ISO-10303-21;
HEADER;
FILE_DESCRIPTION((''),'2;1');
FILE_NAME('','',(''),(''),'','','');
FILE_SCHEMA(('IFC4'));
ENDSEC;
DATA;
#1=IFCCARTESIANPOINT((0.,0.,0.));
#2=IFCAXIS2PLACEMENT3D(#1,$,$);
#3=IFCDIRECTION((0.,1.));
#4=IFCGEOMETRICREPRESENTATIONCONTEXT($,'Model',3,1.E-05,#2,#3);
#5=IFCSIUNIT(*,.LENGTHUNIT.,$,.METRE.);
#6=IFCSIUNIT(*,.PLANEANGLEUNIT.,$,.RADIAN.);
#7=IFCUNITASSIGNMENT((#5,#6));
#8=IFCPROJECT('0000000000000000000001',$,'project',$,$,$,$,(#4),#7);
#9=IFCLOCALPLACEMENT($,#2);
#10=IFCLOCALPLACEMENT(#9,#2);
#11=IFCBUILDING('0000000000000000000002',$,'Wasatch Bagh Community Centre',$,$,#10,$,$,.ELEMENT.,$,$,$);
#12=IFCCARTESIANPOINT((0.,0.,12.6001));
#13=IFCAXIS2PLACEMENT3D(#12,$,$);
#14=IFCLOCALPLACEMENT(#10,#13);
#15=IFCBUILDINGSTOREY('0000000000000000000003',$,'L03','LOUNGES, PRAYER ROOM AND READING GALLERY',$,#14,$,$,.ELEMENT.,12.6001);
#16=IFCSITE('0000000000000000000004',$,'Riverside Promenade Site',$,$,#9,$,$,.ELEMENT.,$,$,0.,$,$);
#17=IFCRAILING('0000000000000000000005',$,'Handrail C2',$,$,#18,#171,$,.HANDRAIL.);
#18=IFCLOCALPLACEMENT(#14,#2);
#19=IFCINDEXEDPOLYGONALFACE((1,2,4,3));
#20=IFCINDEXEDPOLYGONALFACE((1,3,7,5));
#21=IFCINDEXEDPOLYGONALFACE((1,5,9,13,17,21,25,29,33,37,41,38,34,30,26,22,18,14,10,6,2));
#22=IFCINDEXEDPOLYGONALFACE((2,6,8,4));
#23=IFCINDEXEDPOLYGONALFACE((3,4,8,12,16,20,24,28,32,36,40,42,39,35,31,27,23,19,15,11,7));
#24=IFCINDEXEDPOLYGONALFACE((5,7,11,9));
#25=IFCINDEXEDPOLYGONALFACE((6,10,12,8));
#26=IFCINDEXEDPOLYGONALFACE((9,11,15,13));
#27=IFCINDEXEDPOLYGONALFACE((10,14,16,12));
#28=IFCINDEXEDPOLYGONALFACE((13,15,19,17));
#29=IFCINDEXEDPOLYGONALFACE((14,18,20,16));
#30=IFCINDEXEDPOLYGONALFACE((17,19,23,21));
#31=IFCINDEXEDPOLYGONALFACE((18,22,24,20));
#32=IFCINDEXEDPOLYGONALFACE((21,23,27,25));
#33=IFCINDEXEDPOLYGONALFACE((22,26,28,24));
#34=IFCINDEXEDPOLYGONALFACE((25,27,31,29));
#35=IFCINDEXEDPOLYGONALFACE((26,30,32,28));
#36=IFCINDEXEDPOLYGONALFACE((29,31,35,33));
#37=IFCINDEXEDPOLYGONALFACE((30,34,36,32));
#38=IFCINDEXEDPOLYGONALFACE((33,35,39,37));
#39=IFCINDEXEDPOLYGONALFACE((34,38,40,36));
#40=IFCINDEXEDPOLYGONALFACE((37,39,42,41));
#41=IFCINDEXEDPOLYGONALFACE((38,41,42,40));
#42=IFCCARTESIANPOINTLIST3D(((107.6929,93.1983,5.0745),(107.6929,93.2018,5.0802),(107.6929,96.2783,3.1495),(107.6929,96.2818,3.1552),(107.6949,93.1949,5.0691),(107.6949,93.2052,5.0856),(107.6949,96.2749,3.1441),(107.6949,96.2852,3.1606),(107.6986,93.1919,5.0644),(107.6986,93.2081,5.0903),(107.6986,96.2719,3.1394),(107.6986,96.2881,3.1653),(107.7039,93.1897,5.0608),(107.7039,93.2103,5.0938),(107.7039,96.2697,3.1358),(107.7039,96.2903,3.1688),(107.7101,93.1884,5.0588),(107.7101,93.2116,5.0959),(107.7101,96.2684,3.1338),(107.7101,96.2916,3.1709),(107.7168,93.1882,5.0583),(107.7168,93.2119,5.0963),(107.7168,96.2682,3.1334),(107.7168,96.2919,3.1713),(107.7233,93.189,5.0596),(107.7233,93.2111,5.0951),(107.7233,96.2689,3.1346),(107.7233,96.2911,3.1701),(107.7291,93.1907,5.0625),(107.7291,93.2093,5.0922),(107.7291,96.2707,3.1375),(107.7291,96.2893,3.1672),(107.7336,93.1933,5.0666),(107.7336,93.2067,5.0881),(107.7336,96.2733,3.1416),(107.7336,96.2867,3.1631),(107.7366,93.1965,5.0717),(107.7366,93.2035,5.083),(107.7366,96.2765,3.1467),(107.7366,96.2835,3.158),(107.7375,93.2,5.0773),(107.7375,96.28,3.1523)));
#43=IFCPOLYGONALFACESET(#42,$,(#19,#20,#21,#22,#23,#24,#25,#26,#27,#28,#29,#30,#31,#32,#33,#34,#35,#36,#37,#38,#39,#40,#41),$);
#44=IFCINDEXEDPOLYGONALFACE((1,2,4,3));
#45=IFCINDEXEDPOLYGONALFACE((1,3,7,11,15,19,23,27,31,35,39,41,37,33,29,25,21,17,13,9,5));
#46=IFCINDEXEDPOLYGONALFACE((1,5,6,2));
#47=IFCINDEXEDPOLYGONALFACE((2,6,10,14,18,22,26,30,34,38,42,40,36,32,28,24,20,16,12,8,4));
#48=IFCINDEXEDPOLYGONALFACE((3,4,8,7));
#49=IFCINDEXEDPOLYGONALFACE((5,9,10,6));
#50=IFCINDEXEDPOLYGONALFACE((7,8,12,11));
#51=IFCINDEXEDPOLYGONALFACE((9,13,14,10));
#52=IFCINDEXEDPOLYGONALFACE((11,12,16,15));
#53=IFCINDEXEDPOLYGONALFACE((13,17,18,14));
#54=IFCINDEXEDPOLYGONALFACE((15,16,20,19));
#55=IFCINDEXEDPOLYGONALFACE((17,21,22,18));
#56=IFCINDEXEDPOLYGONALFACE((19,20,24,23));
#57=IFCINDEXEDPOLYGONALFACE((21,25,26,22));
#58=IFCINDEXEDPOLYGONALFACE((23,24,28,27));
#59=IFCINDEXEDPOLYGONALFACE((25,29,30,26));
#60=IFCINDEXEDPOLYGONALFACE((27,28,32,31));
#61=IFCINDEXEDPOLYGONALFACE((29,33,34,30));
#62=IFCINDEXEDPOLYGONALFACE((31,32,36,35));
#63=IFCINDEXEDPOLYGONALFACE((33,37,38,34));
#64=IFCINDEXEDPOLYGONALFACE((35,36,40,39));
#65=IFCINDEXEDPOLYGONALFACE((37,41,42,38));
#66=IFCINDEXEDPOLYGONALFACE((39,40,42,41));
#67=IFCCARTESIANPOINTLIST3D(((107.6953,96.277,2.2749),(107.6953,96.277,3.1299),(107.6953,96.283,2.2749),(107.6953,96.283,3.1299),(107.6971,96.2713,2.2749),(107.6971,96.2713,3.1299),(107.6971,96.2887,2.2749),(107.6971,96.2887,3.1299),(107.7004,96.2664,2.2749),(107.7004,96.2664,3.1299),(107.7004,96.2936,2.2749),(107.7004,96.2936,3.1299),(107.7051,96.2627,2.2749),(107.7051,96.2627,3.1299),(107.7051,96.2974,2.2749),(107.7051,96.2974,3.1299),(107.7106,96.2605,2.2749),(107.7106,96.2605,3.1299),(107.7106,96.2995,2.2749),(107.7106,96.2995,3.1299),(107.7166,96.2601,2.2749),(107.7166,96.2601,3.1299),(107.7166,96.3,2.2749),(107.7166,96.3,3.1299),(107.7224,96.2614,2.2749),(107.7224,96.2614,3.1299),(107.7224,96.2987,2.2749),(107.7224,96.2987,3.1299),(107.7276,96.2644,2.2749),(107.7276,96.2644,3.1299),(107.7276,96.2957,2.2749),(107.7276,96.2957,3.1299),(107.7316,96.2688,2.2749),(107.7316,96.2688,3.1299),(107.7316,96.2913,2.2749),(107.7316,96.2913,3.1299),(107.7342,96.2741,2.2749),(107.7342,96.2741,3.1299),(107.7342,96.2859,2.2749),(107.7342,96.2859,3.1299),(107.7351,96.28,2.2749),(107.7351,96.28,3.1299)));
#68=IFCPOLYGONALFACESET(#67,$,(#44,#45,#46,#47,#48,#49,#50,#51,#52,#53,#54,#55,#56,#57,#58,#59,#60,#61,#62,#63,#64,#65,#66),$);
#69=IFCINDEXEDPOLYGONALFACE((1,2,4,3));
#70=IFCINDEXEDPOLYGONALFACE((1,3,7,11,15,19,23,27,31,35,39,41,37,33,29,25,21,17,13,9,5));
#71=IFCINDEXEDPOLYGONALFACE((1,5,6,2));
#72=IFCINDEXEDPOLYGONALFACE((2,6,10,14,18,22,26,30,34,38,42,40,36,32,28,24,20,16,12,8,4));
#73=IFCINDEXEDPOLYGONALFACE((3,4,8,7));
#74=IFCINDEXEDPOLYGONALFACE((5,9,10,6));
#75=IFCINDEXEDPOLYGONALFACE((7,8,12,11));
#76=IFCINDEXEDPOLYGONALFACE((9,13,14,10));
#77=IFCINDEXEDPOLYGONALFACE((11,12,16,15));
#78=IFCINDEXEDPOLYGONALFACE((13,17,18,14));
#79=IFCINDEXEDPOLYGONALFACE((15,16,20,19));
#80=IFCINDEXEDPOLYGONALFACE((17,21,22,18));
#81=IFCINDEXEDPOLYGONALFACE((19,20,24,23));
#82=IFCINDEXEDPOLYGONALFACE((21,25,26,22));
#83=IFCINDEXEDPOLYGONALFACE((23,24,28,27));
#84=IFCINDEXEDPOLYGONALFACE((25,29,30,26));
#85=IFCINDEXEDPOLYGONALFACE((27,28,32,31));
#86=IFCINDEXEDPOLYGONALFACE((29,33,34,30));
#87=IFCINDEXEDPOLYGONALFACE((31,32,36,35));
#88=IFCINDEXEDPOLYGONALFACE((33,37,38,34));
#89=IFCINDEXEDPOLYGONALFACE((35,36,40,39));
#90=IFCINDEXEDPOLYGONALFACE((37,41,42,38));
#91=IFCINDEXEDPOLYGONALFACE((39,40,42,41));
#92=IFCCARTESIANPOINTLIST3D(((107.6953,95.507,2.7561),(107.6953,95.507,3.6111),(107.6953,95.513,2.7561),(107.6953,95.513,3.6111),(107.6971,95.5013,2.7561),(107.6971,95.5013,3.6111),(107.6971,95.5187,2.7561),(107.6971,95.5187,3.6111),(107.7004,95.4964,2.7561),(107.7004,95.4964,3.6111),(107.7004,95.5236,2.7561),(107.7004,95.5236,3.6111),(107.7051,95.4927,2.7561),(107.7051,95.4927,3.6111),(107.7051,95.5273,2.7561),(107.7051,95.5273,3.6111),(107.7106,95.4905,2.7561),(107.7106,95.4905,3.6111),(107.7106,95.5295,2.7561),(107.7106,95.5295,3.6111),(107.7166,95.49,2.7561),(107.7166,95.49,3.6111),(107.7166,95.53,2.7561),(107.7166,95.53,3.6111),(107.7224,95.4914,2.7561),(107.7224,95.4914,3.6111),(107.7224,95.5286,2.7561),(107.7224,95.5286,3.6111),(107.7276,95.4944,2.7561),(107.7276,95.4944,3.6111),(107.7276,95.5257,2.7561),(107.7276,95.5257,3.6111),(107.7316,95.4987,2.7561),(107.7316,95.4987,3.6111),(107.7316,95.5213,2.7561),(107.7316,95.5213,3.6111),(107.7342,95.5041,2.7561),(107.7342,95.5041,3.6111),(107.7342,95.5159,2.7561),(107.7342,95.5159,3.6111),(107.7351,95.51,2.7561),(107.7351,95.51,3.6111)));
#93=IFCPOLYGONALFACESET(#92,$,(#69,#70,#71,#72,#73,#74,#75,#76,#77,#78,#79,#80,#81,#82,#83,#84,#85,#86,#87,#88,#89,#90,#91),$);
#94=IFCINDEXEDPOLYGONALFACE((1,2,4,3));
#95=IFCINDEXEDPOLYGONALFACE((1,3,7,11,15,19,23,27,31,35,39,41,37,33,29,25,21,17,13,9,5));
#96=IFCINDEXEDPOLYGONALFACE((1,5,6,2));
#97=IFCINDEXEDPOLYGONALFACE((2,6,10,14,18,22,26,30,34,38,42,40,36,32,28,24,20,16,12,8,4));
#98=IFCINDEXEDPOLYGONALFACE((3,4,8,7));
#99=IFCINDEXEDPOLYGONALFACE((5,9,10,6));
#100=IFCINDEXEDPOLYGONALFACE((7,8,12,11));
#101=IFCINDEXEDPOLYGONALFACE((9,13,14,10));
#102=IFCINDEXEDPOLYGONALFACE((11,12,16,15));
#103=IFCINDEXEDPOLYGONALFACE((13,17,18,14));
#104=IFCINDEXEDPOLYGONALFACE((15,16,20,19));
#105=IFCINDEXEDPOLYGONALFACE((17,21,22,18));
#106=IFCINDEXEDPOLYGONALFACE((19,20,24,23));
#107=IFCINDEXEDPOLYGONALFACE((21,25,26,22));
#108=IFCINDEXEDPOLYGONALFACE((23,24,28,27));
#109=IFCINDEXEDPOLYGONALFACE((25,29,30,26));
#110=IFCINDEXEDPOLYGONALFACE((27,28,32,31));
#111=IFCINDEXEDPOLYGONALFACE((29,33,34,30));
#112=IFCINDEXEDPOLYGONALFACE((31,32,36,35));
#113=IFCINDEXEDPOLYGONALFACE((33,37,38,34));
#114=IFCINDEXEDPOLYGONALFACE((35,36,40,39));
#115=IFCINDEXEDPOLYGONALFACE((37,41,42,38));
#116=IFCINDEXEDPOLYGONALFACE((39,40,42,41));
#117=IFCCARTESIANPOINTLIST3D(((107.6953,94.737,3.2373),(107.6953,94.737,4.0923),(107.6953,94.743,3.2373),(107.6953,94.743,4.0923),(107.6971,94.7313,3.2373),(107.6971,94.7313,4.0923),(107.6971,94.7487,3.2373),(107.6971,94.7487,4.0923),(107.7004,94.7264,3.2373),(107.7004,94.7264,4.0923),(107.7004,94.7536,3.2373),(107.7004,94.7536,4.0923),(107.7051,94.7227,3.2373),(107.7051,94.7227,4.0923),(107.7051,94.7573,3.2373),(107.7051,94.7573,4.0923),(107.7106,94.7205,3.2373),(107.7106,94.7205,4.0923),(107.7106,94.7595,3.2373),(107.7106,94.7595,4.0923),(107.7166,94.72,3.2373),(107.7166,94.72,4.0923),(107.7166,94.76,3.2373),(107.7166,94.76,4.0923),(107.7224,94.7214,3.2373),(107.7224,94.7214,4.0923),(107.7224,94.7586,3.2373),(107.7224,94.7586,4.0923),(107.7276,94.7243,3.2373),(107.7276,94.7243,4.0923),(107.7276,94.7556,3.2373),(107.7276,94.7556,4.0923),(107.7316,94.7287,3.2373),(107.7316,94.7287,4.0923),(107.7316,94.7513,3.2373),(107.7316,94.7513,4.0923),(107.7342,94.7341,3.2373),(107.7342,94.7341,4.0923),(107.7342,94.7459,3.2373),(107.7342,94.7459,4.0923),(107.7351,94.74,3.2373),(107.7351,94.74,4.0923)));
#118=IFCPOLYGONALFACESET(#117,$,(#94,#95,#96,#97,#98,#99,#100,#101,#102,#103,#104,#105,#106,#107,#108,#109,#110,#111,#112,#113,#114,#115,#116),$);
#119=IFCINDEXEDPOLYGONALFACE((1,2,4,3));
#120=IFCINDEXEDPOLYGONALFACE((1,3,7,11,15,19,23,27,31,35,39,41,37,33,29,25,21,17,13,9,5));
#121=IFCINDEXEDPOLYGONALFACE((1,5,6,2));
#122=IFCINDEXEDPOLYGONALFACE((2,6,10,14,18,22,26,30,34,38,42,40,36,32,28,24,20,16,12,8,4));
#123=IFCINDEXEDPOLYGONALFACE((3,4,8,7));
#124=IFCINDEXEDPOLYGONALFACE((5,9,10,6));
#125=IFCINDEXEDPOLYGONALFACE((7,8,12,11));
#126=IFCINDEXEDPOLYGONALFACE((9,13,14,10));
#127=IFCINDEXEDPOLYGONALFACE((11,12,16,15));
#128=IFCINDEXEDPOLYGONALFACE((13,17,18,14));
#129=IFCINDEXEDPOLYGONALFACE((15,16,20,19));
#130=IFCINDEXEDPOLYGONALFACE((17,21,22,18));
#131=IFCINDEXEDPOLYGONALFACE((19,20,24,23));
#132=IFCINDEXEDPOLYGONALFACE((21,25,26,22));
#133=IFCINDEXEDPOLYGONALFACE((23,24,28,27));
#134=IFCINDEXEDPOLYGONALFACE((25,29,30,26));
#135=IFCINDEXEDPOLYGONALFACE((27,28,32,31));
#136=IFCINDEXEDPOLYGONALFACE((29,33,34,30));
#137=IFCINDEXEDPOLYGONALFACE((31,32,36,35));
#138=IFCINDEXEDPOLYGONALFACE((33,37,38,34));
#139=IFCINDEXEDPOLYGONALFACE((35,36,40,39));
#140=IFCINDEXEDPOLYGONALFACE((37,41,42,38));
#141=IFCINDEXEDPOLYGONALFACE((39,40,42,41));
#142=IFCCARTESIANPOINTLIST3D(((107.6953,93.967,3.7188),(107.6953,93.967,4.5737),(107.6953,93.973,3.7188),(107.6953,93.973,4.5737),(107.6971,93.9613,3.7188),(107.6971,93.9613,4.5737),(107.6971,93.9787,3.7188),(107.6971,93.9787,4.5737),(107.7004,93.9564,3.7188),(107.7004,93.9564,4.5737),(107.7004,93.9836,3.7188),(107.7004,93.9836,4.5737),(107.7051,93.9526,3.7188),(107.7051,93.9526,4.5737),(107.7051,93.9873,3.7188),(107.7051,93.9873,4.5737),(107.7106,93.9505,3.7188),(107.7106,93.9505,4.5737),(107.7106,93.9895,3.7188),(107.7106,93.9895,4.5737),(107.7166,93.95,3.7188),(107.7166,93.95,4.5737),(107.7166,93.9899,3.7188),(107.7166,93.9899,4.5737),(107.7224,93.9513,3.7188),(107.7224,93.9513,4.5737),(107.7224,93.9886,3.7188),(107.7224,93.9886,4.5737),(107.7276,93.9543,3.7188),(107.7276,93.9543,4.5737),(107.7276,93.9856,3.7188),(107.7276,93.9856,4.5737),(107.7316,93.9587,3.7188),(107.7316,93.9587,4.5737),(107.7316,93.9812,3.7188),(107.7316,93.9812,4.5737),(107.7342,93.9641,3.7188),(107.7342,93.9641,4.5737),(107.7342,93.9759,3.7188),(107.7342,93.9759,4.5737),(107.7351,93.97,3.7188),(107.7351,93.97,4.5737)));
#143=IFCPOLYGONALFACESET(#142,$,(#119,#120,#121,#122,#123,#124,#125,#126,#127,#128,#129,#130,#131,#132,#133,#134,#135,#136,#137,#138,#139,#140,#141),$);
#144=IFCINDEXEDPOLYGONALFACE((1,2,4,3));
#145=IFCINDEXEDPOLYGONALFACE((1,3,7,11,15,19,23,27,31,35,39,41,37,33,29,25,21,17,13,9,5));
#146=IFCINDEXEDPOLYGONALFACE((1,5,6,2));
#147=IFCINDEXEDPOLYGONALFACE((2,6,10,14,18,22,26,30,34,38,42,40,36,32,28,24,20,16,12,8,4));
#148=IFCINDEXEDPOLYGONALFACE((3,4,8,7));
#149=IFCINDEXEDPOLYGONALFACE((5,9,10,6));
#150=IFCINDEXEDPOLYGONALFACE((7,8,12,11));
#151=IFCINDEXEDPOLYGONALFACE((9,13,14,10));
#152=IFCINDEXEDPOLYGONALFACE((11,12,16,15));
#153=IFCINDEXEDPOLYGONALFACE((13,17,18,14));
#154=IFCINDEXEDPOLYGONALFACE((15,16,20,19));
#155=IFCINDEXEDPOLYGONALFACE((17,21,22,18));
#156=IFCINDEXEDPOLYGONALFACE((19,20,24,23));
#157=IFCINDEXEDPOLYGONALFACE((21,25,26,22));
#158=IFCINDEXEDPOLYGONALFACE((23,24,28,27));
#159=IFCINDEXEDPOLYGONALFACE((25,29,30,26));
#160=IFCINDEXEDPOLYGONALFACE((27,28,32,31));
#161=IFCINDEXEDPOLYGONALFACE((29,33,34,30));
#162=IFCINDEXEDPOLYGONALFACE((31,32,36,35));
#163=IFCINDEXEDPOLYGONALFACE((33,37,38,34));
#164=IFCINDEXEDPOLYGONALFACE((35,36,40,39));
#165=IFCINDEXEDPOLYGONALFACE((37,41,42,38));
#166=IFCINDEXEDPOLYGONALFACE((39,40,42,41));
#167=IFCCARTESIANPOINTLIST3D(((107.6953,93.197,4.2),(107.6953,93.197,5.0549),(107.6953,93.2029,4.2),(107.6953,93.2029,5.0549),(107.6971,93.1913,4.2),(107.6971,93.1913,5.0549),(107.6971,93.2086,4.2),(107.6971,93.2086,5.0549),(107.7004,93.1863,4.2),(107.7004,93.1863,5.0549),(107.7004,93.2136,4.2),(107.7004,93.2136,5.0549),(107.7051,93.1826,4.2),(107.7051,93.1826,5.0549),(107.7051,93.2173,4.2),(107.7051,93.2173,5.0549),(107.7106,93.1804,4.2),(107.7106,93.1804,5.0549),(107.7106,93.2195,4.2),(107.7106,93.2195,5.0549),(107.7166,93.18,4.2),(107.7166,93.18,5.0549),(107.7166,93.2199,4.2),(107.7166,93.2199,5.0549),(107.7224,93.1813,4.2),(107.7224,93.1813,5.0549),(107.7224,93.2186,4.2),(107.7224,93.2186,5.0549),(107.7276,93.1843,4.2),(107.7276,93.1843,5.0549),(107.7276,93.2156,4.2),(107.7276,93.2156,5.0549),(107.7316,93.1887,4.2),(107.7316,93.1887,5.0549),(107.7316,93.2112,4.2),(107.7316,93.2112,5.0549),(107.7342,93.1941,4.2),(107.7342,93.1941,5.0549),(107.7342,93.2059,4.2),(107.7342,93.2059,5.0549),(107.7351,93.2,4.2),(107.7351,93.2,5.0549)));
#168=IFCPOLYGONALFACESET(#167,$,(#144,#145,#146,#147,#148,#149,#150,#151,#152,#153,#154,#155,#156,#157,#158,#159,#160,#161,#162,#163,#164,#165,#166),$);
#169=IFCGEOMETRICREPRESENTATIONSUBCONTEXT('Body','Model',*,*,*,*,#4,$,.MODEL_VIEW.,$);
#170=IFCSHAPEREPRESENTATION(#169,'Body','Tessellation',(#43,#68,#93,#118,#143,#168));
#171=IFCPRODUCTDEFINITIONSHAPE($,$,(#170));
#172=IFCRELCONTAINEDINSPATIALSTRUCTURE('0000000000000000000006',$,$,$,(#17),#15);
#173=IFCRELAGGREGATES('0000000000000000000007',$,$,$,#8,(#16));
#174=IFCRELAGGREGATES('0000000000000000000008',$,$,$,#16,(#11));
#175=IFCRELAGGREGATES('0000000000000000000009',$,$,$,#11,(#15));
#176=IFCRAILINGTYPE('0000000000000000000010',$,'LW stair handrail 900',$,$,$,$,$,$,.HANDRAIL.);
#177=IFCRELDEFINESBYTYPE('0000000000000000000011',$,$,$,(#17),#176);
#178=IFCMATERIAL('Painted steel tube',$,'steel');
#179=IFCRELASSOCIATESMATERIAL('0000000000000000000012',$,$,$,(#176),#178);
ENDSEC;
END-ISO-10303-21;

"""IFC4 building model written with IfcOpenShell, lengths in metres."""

from ifc_helpers import new_model, si_unit, direction, frame, origin, origin_2d, place, context, subcontext, project, spatial, circle, extrude, material, type_object, element, save


model = new_model("IFC4")

# Units and contexts
model_context = context("Model", 3, precision=1e-05, world=origin(), true_north=direction((0.0, 1.0)))
body_context = subcontext(model_context, "Body", "Model", "MODEL_VIEW")
ifc_project = project(units=[si_unit("LENGTHUNIT", "METRE"), si_unit("PLANEANGLEUNIT", "RADIAN")], contexts=[model_context])

# Site, building, storey
site_placement = place(None, origin())
site = spatial("IfcSite", under=ifc_project, at=site_placement, Name="Riverside Promenade Site", CompositionType="ELEMENT", RefElevation=0.0)
building_placement = place(site_placement, origin())
building = spatial("IfcBuilding", under=site, at=building_placement, Name="Wasatch Bagh Community Centre", CompositionType="ELEMENT")
storey_placement = place(building_placement, frame((0.0, 0.0, 12.6001)))
storey = spatial("IfcBuildingStorey", under=building, at=storey_placement, Name="L03", Description="LOUNGES, PRAYER ROOM AND READING GALLERY", CompositionType="ELEMENT", Elevation=12.6001)

# Railing
ifc_material_1 = material(Name="Painted steel tube", Category="steel")
railing_type_1 = type_object("IfcRailingType", Name="LW stair handrail 900", PredefinedType="HANDRAIL", material=ifc_material_1)
for number, where, name in (
    (1, (107.7151, 96.28, 2.2749), "Handrail C2"),
):
    element("IfcRailing", number, at=place(storey_placement, frame(where)), inside=storey, type_object=railing_type_1, Name=name, PredefinedType="HANDRAIL", context=body_context, shape_type="SweptSolid", body=[
        extrude(circle(Radius=0.0225, at=origin_2d()), frame((0.0, 0.0, 0.8774), z_axis=(0.0, -0.847998, 0.529999), x_axis=(1.0, 0.0, 0.0)), (0.0, 0.0, 1.0), 3.6321),
        extrude(circle(Radius=0.02, at=origin_2d()), origin(), (0.0, 0.0, 1.0), 0.855),
        extrude(circle(Radius=0.02, at=origin_2d()), frame((0.0, -0.77, 0.4812)), (0.0, 0.0, 1.0), 0.855),
        extrude(circle(Radius=0.02, at=origin_2d()), frame((0.0, -1.54, 0.9624)), (0.0, 0.0, 1.0), 0.855),
        extrude(circle(Radius=0.02, at=origin_2d()), frame((0.0, -2.3101, 1.4438)), (0.0, 0.0, 1.0), 0.855),
        extrude(circle(Radius=0.02, at=origin_2d()), frame((0.0, -3.0801, 1.925)), (0.0, 0.0, 1.0), 0.855),
    ])

save(model, "model.ifc")
